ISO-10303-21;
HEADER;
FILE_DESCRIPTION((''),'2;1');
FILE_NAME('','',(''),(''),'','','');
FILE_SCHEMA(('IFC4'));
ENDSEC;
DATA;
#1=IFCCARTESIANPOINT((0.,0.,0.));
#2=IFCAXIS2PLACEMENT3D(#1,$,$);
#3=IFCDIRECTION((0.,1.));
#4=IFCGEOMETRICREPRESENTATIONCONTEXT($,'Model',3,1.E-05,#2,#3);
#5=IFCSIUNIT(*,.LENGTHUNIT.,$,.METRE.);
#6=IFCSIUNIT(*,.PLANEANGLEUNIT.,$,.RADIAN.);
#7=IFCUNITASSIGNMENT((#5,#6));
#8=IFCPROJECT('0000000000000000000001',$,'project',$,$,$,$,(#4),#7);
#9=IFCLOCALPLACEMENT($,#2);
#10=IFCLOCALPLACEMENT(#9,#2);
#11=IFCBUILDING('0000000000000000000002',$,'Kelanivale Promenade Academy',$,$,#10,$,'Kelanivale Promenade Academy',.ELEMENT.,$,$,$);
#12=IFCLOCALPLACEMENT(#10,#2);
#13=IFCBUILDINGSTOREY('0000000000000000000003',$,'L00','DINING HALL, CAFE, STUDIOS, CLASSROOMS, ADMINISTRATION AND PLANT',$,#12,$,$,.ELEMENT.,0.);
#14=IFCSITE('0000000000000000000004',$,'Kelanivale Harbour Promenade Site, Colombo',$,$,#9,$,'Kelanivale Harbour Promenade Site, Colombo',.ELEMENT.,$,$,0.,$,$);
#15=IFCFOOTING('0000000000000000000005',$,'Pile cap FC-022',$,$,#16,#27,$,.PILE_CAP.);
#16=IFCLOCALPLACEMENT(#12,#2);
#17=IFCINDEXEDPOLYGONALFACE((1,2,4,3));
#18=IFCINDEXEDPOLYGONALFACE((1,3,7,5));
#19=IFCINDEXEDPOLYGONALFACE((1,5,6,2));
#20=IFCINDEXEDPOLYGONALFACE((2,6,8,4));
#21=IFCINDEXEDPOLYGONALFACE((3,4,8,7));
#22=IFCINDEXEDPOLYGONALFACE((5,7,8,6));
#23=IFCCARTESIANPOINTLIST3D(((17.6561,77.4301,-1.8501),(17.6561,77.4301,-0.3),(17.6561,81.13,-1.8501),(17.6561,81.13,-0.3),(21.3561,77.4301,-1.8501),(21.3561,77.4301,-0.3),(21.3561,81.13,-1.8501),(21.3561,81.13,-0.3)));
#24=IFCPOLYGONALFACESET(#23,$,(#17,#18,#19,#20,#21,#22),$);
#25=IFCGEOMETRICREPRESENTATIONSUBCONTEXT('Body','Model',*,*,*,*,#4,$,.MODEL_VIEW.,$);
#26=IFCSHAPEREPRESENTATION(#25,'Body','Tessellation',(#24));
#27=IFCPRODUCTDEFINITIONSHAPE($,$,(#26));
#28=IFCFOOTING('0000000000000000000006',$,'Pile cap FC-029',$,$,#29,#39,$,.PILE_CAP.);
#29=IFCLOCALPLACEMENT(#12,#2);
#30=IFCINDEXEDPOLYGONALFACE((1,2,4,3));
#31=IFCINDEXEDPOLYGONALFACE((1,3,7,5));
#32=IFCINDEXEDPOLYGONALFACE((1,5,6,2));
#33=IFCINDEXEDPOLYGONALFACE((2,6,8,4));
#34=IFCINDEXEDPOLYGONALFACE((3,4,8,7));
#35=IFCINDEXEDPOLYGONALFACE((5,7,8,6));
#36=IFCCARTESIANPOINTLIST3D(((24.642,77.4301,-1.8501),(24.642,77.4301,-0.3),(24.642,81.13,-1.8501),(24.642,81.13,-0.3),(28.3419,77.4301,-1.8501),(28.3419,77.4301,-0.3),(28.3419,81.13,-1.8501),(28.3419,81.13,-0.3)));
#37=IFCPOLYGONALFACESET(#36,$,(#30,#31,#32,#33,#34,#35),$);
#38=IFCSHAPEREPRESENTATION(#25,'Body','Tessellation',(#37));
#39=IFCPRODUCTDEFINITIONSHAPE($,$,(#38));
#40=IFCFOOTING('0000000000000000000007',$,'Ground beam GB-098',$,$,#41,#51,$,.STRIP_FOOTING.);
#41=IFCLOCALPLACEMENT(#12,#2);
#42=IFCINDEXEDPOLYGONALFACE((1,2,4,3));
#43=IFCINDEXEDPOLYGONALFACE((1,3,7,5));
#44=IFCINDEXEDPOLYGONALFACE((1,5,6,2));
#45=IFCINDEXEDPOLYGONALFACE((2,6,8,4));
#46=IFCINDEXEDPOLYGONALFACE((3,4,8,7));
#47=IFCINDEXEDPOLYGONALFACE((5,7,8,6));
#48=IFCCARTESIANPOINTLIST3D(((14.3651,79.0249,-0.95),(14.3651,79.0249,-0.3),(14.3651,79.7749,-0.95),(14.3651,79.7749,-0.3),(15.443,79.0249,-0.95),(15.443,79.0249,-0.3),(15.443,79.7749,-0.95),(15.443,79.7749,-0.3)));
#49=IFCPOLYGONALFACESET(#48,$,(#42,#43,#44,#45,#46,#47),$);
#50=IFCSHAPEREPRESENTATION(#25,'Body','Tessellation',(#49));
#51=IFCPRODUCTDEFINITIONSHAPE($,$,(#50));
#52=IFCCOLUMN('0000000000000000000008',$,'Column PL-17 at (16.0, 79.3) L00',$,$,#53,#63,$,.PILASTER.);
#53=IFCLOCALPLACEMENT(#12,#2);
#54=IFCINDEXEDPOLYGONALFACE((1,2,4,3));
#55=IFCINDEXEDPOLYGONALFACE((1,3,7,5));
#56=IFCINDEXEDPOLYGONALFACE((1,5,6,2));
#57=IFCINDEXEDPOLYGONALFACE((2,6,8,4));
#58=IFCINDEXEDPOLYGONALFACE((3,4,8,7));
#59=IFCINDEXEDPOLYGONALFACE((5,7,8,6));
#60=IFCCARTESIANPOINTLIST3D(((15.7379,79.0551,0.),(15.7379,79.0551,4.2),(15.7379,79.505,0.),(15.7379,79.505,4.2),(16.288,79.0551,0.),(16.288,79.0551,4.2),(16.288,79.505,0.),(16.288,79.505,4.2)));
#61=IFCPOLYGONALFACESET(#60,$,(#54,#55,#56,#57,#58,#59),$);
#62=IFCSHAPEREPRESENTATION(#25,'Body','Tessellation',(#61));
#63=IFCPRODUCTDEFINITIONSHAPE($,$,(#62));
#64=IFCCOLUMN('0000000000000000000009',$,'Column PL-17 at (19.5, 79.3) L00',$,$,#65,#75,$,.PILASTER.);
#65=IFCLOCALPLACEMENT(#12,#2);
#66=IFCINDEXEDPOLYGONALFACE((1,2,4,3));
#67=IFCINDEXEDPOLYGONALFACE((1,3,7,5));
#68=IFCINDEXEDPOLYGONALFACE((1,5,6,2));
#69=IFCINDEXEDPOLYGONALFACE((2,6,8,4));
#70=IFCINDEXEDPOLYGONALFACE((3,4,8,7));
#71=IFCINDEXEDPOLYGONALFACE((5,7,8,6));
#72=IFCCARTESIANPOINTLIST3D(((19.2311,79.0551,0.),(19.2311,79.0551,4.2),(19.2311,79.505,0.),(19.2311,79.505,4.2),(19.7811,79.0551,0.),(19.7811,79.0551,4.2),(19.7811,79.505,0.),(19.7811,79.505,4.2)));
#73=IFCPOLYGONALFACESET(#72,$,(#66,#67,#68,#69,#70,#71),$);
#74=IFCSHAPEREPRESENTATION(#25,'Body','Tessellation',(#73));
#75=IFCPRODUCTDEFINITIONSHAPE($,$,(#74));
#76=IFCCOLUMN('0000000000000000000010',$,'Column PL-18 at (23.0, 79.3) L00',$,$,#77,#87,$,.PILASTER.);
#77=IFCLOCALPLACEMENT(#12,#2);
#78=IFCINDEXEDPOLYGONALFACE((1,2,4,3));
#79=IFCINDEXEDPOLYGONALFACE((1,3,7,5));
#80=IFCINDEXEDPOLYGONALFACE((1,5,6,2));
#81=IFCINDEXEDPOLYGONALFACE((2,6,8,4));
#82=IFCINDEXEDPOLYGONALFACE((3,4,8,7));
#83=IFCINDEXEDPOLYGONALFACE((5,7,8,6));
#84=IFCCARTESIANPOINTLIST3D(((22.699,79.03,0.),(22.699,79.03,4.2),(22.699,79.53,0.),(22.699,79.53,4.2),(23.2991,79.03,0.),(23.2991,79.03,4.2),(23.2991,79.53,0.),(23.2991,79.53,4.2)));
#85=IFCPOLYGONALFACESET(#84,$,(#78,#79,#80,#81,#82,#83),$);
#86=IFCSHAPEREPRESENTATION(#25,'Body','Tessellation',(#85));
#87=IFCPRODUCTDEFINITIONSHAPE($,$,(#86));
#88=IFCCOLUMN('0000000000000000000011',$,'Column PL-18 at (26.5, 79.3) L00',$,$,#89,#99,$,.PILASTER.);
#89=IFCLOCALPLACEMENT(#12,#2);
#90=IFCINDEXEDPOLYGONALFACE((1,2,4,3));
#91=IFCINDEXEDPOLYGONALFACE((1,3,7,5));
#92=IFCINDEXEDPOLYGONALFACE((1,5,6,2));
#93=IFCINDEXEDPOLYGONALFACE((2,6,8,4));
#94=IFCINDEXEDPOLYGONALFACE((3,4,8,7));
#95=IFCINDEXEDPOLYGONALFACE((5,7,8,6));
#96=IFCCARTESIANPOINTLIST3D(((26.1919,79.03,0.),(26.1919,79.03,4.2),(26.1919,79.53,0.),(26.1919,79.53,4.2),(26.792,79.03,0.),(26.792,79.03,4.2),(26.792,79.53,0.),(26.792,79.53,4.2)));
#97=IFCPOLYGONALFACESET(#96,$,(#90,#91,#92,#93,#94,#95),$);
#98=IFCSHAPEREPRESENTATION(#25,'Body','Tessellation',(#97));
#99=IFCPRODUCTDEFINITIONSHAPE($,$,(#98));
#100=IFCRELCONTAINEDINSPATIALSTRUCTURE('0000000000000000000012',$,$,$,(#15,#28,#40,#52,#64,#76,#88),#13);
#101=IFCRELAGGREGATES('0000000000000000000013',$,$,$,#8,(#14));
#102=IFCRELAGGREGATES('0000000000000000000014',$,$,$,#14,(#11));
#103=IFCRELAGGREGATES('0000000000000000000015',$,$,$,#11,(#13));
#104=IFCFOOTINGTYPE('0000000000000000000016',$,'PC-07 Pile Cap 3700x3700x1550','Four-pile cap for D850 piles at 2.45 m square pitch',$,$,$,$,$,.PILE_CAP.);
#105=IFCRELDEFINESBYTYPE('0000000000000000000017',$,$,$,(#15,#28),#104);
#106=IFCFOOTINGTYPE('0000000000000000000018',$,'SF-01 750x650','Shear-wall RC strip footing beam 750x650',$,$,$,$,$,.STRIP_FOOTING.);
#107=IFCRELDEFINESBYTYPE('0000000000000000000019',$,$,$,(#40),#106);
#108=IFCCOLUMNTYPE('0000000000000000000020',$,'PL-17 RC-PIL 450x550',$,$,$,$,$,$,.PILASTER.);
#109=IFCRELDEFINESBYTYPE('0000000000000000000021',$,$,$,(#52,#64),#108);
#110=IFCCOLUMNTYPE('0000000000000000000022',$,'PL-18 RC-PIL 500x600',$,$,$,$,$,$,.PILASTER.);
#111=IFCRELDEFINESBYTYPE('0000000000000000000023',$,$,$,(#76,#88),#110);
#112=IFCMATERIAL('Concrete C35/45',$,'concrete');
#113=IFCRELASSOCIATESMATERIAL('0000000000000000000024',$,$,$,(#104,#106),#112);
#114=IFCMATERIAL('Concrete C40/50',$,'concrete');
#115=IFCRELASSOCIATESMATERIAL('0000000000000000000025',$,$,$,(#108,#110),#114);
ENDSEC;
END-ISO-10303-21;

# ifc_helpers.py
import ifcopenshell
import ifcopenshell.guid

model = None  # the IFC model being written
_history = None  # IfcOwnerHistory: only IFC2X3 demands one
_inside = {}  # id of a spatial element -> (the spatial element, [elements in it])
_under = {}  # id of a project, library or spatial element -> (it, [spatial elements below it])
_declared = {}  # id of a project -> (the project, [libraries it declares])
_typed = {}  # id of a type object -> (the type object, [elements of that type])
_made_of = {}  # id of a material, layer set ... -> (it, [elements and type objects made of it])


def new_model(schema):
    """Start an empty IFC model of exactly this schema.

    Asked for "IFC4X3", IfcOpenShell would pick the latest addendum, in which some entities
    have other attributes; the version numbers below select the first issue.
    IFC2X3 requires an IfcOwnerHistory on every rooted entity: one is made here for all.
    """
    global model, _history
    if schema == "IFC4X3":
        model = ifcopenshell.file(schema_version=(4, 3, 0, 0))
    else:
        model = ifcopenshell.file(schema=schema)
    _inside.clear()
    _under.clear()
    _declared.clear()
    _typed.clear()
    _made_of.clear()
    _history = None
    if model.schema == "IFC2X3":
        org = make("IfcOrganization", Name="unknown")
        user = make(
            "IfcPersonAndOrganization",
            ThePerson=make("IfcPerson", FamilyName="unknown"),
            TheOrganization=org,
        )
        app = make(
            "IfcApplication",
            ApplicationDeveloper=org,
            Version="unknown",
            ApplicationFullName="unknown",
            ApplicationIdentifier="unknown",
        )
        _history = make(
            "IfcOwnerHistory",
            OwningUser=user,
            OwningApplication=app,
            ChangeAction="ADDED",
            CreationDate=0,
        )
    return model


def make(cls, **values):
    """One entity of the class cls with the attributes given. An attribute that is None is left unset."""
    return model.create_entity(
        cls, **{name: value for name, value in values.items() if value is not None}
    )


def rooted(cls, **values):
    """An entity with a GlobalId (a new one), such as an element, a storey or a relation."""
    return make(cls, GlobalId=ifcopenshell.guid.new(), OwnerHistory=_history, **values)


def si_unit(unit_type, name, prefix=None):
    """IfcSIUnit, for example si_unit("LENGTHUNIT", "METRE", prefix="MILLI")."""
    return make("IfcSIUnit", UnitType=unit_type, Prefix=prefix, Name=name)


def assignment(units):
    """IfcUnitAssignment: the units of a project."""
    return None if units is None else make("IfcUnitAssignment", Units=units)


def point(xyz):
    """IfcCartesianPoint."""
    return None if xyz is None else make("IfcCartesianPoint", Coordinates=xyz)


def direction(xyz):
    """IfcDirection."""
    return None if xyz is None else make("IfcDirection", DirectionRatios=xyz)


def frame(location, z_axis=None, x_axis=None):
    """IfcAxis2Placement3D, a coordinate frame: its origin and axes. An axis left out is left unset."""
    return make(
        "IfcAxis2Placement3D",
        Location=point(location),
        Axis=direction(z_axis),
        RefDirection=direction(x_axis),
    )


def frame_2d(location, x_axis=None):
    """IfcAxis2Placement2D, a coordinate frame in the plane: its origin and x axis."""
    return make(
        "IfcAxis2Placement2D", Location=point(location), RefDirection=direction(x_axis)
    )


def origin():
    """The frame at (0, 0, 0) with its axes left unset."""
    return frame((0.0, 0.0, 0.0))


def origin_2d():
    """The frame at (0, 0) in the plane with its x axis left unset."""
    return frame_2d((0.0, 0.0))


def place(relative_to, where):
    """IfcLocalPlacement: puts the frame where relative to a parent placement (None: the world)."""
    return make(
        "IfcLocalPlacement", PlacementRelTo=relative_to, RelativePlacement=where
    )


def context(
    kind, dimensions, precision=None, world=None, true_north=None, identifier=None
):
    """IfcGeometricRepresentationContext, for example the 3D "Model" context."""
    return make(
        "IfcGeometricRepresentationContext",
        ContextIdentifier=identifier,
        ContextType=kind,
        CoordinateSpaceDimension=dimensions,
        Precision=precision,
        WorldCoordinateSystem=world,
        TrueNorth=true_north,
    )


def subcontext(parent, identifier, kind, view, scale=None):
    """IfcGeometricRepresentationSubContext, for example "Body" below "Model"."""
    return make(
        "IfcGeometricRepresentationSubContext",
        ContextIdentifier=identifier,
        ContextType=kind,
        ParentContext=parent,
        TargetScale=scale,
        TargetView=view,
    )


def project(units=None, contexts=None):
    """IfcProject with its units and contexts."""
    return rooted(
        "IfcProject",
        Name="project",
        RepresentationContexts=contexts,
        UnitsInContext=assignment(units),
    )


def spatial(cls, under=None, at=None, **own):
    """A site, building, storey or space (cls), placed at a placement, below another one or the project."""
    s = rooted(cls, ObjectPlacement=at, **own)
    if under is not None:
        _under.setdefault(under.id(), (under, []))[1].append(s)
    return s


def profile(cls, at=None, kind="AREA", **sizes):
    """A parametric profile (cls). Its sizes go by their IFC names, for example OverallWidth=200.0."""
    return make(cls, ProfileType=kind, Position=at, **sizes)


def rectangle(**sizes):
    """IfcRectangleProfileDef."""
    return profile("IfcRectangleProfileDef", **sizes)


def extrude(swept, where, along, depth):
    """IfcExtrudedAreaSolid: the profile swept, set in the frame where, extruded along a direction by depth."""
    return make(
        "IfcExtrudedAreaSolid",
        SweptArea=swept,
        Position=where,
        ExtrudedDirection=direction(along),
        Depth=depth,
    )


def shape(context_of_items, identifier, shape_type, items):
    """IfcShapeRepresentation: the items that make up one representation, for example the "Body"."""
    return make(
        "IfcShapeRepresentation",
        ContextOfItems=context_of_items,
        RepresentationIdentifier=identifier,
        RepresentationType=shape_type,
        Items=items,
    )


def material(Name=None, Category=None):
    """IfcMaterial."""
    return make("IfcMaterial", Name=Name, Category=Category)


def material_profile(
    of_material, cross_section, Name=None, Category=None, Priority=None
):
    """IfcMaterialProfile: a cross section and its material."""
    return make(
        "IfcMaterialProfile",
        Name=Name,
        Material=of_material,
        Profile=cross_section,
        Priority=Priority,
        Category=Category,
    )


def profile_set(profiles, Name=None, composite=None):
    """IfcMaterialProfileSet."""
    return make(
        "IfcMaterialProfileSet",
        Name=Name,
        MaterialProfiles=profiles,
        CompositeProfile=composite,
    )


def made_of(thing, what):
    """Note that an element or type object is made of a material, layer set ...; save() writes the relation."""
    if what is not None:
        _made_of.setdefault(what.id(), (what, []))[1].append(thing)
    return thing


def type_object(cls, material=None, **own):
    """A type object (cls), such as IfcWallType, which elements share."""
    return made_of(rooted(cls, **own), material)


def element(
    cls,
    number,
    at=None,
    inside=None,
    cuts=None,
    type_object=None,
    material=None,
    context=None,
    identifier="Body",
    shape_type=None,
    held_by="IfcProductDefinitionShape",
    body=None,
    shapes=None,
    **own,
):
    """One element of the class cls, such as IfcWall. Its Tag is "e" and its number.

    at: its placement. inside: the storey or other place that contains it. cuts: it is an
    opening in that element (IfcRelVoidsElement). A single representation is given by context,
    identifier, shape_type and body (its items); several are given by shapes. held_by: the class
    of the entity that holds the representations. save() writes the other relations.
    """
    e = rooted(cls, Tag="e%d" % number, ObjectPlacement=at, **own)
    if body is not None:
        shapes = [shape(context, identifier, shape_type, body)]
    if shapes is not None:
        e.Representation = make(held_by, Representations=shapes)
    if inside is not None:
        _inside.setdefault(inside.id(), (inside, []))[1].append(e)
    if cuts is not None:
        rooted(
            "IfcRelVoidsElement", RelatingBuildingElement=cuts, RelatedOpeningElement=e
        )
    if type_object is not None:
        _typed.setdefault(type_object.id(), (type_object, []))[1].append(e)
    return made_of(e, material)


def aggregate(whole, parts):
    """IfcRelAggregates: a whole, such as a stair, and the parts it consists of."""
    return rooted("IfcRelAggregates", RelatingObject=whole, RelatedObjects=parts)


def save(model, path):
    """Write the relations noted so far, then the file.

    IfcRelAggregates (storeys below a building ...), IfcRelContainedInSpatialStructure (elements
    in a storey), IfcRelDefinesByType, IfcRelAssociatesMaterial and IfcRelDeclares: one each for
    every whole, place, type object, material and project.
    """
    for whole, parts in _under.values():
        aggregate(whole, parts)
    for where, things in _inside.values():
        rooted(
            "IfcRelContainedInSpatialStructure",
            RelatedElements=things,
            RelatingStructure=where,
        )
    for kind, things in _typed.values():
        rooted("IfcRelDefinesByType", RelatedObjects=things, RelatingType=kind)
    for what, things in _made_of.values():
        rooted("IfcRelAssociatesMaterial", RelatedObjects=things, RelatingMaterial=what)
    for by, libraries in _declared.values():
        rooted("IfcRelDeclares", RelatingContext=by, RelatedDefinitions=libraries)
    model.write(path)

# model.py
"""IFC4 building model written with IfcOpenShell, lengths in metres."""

from ifc_helpers import new_model, si_unit, direction, frame, origin, origin_2d, place, context, subcontext, project, spatial, rectangle, extrude, material, material_profile, profile_set, type_object, element, save


model = new_model("IFC4")

# Units and contexts
model_context = context("Model", 3, precision=1e-05, world=origin(), true_north=direction((0.0, 1.0)))
body_context = subcontext(model_context, "Body", "Model", "MODEL_VIEW")
ifc_project = project(units=[si_unit("LENGTHUNIT", "METRE"), si_unit("PLANEANGLEUNIT", "RADIAN")], contexts=[model_context])

# Site, building, storey
site_placement = place(None, origin())
site = spatial("IfcSite", under=ifc_project, at=site_placement, Name="Kelanivale Harbour Promenade Site, Colombo", LongName="Kelanivale Harbour Promenade Site, Colombo", CompositionType="ELEMENT", RefElevation=0.0)
building_placement = place(site_placement, origin())
building = spatial("IfcBuilding", under=site, at=building_placement, Name="Kelanivale Promenade Academy", LongName="Kelanivale Promenade Academy", CompositionType="ELEMENT")
storey_placement = place(building_placement, origin())
storey = spatial("IfcBuildingStorey", under=building, at=storey_placement, Name="L00", Description="DINING HALL, CAFE, STUDIOS, CLASSROOMS, ADMINISTRATION AND PLANT", CompositionType="ELEMENT", Elevation=0.0)

# Shared definitions
ifc_material_1 = material(Name="Concrete C35/45", Category="concrete")

# Footings
footing_type_1 = type_object("IfcFootingType", Name="PC-07 Pile Cap 3700x3700x1550", Description="Four-pile cap for D850 piles at 2.45 m square pitch", PredefinedType="PILE_CAP", material=ifc_material_1)
for number, where, z_axis, x_axis, name in (
    (1, (19.5061, 79.28, -1.8501), (0.0, 0.0, 1.0), (1.0, 0.0, 0.0), "Pile cap FC-022"),
    (2, (26.4919, 79.28, -1.8501), (0.0, 0.0, 1.0), (1.0, 0.0, 0.0), "Pile cap FC-029"),
):
    element("IfcFooting", number, at=place(storey_placement, frame(where, z_axis=z_axis, x_axis=x_axis)), inside=storey, type_object=footing_type_1, Name=name, PredefinedType="PILE_CAP", context=body_context, shape_type="SweptSolid", body=[
        extrude(rectangle(XDim=3.7, YDim=3.7, at=origin_2d()), origin(), (0.0, 0.0, 1.0), 1.55),
    ])
footing_type_2 = type_object("IfcFootingType", Name="SF-01 750x650", Description="Shear-wall RC strip footing beam 750x650", PredefinedType="STRIP_FOOTING", material=ifc_material_1)
footing_1_placement = place(storey_placement, frame((14.9041, 79.3999, -0.95), z_axis=(0.0, 0.0, 1.0), x_axis=(1.0, 0.0, 0.0)))
element("IfcFooting", 3, at=footing_1_placement, inside=storey, type_object=footing_type_2, Name="Ground beam GB-098", PredefinedType="STRIP_FOOTING", context=body_context, shape_type="SweptSolid", body=[
    extrude(rectangle(XDim=1.0779, YDim=0.75, at=origin_2d()), origin(), (0.0, 0.0, 1.0), 0.6499),
])

# Columns
ifc_material_2 = material(Name="Concrete C40/50", Category="concrete")
ifc_material_profile_1 = material_profile(ifc_material_2, rectangle(XDim=0.45, YDim=0.55, at=origin_2d()), Name="RC-PIL 450x550")
ifc_profile_set_1 = profile_set([ifc_material_profile_1], Name="Concrete C40/50")
column_type_1 = type_object("IfcColumnType", Name="PL-17 RC-PIL 450x550", PredefinedType="PILASTER", material=ifc_profile_set_1)
for number, where, z_axis, x_axis, name in (
    (4, (16.0129, 79.28, 0.0), (0.0, 0.0, 1.0), (0.0, 1.0, 0.0), "Column PL-17 at (16.0, 79.3) L00"),
    (5, (19.5061, 79.28, 0.0), (0.0, 0.0, 1.0), (0.0, 1.0, 0.0), "Column PL-17 at (19.5, 79.3) L00"),
):
    element("IfcColumn", number, at=place(storey_placement, frame(where, z_axis=z_axis, x_axis=x_axis)), inside=storey, type_object=column_type_1, Name=name, PredefinedType="PILASTER", context=body_context, shape_type="SweptSolid", body=[
        extrude(rectangle(XDim=0.45, YDim=0.55, at=origin_2d()), origin(), (0.0, 0.0, 1.0), 4.2),
    ])
ifc_material_profile_2 = material_profile(ifc_material_2, rectangle(XDim=0.5, YDim=0.6001, at=origin_2d()), Name="RC-PIL 500x600")
ifc_profile_set_2 = profile_set([ifc_material_profile_2], Name="Concrete C40/50")
column_type_2 = type_object("IfcColumnType", Name="PL-18 RC-PIL 500x600", PredefinedType="PILASTER", material=ifc_profile_set_2)
for number, where, z_axis, x_axis, name in (
    (6, (22.999, 79.28, 0.0), (0.0, 0.0, 1.0), (0.0, 1.0, 0.0), "Column PL-18 at (23.0, 79.3) L00"),
    (7, (26.4919, 79.28, 0.0), (0.0, 0.0, 1.0), (0.0, 1.0, 0.0), "Column PL-18 at (26.5, 79.3) L00"),
):
    element("IfcColumn", number, at=place(storey_placement, frame(where, z_axis=z_axis, x_axis=x_axis)), inside=storey, type_object=column_type_2, Name=name, PredefinedType="PILASTER", context=body_context, shape_type="SweptSolid", body=[
        extrude(rectangle(XDim=0.5, YDim=0.6001, at=origin_2d()), origin(), (0.0, 0.0, 1.0), 4.2),
    ])

save(model, "model.ifc")
